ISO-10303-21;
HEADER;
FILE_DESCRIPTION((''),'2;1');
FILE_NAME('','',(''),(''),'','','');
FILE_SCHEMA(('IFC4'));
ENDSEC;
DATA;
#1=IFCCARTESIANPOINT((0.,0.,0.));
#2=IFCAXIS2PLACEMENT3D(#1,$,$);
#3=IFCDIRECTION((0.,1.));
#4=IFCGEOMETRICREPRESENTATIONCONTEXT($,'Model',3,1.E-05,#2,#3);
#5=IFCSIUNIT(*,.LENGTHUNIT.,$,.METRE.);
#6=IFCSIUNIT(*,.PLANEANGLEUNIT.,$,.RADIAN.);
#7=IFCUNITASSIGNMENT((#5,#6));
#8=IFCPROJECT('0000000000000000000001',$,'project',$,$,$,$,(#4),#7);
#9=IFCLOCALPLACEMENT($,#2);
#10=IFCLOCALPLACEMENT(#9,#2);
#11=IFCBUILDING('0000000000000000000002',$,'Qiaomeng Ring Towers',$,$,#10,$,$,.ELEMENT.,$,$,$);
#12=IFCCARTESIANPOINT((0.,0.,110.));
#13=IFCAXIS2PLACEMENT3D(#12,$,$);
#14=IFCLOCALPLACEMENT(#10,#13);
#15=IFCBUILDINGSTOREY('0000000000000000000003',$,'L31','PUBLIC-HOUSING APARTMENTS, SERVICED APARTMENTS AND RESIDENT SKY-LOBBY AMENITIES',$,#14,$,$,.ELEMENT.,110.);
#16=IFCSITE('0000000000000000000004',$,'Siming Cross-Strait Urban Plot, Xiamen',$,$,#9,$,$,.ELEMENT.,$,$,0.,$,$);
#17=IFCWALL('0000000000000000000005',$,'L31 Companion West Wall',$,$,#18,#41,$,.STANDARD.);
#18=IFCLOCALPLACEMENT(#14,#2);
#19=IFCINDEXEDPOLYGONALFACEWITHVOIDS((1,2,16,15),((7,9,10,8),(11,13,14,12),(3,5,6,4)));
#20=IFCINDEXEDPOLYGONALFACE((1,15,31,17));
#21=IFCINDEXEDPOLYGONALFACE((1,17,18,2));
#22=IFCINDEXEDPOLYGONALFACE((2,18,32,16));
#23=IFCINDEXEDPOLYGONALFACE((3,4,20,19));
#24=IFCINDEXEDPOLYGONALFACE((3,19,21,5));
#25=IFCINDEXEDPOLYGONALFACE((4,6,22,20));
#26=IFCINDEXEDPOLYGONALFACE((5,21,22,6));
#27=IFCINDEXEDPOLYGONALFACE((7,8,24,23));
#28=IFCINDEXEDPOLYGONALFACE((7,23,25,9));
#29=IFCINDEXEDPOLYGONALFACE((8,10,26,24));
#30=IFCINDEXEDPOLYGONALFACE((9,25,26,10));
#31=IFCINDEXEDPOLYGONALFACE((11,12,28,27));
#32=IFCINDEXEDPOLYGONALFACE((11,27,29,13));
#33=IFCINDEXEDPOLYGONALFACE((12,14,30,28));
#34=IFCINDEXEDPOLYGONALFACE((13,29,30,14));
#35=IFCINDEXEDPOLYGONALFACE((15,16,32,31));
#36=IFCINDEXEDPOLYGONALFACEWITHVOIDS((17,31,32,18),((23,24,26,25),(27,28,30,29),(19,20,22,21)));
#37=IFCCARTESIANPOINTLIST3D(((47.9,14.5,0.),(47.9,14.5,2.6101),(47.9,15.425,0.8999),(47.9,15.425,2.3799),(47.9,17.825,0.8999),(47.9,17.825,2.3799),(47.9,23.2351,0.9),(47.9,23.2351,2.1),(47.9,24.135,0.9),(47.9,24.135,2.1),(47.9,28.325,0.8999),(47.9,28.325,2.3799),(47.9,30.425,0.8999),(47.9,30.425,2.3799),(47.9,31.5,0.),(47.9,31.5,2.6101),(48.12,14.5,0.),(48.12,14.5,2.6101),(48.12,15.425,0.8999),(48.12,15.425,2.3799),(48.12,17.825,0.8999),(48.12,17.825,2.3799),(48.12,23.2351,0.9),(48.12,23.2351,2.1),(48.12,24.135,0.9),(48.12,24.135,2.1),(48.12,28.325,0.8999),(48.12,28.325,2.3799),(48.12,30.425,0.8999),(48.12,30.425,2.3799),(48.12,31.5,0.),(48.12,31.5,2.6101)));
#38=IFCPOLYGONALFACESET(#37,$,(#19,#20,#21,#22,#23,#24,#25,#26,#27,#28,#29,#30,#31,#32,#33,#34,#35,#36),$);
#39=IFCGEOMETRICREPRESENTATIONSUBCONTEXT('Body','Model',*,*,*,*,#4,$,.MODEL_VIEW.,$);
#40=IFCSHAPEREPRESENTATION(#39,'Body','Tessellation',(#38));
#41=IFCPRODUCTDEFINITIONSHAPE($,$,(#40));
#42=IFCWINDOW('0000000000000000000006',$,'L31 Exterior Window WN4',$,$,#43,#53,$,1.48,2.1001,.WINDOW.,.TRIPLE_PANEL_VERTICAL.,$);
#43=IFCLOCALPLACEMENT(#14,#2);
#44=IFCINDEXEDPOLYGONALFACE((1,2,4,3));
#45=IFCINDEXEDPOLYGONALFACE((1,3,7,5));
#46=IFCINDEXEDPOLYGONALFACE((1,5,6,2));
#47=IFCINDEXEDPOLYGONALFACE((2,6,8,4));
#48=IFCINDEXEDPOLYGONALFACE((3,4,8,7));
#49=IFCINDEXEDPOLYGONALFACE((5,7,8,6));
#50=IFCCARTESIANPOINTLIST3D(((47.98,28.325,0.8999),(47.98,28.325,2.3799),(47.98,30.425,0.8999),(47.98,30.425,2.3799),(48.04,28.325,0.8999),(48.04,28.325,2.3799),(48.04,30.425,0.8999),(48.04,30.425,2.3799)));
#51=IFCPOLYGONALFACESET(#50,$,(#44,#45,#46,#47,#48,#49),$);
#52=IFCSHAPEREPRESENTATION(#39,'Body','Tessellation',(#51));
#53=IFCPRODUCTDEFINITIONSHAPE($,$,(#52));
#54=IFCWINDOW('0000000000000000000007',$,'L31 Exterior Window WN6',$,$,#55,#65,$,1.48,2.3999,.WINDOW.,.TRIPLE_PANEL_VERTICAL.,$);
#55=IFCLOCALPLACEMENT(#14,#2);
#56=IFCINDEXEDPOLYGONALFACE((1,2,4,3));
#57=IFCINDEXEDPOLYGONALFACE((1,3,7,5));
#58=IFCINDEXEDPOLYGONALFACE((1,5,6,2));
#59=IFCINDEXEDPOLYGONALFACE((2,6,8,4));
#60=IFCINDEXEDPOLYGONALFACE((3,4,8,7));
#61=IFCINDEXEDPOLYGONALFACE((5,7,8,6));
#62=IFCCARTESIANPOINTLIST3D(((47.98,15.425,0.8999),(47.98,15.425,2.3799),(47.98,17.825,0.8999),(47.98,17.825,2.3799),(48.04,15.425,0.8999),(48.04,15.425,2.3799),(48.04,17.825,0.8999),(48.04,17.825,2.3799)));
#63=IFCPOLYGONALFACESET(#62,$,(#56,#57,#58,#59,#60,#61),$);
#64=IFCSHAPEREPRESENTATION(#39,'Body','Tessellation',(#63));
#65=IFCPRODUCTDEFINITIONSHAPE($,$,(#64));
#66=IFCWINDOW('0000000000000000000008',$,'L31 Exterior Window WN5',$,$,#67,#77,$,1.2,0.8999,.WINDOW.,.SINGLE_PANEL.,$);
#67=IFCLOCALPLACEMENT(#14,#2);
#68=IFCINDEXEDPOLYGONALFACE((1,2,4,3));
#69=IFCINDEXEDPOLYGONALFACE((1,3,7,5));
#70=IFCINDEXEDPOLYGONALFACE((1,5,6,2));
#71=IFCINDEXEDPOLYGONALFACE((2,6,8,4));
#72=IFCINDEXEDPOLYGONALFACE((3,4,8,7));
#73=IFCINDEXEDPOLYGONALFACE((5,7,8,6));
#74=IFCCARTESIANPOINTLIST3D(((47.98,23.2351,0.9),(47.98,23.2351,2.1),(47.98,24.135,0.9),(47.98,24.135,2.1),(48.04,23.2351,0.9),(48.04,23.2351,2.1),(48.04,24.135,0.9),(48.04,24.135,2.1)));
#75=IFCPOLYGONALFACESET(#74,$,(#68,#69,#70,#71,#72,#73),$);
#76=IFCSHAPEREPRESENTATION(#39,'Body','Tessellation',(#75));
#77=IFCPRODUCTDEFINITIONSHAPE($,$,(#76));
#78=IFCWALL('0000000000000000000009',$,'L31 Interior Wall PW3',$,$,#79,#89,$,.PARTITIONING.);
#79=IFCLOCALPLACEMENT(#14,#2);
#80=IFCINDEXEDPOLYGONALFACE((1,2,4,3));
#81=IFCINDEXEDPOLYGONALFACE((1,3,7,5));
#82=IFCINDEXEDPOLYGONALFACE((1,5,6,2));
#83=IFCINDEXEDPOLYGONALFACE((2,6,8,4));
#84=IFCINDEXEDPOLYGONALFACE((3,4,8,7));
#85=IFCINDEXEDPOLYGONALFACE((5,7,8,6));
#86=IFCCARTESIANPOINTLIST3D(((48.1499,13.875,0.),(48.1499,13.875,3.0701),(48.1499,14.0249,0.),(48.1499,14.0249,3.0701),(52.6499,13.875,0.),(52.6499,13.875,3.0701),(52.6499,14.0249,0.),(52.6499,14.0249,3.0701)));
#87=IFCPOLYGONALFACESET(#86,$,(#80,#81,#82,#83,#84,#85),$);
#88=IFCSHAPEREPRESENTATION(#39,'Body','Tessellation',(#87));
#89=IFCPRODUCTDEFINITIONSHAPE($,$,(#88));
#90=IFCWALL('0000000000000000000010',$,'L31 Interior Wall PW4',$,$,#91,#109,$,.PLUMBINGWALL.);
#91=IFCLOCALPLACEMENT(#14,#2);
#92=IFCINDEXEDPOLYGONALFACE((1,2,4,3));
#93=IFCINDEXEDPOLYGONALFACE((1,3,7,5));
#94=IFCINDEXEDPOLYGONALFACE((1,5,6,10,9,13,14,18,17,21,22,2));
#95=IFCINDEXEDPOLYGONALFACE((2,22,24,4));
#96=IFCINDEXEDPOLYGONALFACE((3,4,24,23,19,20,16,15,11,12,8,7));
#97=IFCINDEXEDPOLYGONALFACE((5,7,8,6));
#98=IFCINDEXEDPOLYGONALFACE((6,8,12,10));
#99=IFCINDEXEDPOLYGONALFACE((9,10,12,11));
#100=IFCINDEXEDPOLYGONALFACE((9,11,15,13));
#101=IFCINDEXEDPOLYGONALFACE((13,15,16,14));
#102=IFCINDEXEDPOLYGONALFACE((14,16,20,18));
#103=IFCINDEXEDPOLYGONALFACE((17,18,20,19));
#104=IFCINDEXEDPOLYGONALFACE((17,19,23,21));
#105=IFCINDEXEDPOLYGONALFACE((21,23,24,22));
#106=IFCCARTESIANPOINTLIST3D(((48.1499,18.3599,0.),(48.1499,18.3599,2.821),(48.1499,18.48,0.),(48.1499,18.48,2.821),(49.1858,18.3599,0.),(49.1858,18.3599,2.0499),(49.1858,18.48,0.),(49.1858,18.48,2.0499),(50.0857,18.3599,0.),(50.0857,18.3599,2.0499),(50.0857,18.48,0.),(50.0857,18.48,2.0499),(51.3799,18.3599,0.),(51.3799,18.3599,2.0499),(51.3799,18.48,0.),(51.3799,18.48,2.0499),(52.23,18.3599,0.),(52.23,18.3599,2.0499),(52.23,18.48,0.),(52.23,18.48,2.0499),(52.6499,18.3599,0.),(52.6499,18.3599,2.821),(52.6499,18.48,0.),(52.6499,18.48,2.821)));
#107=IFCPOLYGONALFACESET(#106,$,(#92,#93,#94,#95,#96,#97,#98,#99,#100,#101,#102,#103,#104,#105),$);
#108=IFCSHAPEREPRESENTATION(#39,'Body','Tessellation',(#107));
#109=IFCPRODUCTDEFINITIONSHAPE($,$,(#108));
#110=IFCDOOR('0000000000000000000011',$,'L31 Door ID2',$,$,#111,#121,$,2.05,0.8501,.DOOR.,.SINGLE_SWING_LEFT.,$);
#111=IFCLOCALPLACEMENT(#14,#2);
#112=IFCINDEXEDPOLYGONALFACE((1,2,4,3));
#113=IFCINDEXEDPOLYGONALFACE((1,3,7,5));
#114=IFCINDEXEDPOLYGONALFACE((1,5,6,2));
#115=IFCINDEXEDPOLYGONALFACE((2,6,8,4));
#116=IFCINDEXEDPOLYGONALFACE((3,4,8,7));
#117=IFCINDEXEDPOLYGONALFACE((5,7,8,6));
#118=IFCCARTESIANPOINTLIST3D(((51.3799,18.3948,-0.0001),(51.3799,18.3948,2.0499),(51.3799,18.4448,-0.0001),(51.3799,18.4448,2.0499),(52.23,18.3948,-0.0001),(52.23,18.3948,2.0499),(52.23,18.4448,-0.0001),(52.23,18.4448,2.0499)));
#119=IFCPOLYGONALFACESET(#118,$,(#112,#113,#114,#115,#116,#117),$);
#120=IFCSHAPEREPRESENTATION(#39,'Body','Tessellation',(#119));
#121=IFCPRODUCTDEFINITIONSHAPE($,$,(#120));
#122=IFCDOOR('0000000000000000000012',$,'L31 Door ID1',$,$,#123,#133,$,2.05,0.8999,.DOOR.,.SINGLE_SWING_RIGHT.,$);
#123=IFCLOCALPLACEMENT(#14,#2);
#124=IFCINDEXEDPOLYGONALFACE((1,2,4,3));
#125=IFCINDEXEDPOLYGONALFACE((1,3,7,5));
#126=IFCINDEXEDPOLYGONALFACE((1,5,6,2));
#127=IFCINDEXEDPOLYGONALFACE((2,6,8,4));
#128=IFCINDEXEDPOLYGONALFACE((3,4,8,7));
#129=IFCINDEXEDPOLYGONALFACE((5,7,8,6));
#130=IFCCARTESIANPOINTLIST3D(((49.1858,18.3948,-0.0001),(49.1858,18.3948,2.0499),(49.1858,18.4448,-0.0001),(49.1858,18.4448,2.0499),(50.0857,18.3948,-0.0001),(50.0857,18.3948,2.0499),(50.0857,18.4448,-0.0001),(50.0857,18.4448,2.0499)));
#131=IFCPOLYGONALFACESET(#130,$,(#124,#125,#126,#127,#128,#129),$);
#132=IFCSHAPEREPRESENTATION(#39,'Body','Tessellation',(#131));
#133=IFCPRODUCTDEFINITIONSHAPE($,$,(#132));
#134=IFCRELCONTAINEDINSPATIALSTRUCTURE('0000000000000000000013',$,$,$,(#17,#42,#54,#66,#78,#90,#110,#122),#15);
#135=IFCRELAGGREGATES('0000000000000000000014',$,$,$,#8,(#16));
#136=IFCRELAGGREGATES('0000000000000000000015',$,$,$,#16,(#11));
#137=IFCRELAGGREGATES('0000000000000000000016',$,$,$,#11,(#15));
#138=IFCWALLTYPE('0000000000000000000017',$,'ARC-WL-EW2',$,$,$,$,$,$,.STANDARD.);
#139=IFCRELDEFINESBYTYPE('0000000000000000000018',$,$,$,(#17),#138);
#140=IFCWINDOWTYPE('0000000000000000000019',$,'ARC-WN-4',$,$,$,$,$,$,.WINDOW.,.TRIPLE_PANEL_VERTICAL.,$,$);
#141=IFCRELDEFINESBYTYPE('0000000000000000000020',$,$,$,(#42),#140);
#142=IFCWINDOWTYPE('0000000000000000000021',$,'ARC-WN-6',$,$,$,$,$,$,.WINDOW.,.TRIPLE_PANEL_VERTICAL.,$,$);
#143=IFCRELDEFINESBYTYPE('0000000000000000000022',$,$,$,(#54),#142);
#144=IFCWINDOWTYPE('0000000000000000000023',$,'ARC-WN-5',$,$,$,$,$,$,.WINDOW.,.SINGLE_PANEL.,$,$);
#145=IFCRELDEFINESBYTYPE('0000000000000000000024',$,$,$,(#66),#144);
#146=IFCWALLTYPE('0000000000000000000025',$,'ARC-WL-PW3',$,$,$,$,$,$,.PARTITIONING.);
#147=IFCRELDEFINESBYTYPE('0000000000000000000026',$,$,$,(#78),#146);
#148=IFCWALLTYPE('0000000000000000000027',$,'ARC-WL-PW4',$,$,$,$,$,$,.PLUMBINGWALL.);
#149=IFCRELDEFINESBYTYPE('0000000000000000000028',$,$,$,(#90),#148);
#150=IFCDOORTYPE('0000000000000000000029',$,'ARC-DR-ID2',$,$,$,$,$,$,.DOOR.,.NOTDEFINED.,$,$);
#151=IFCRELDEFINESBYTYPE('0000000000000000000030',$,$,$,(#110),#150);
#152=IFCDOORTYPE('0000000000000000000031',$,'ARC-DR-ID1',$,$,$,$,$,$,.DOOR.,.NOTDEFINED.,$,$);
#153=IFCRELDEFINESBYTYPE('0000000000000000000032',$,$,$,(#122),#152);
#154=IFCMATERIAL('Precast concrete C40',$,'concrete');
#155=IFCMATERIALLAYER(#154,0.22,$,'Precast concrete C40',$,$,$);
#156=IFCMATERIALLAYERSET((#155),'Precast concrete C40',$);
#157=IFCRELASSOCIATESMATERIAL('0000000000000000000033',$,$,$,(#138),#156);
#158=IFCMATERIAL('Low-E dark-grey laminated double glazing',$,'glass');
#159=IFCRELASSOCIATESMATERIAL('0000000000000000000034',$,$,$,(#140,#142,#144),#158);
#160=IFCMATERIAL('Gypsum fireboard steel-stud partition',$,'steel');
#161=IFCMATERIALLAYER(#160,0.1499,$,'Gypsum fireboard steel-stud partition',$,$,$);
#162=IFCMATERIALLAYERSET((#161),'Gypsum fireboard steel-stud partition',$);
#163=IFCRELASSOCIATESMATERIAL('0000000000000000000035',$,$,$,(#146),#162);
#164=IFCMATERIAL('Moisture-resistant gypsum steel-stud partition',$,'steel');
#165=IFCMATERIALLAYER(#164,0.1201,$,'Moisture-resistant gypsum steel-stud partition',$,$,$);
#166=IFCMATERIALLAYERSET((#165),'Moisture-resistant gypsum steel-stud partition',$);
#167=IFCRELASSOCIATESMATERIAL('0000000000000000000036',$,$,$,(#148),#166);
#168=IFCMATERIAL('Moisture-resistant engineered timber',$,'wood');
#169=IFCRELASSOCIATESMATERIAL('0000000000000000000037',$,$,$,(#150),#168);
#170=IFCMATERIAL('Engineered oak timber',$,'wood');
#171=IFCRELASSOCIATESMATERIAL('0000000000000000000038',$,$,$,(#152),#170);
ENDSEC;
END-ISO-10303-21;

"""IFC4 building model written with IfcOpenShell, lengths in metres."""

from ifc_helpers import new_model, si_unit, direction, frame, frame_2d, origin, place, context, subcontext, project, spatial, rectangle, extrude, source, transform, mapped, material, layer, layer_set, type_object, element, fill, save


model = new_model("IFC4")

# Units and contexts
model_context = context("Model", 3, precision=1e-05, world=origin(), true_north=direction((0.0, 1.0)))
body_context = subcontext(model_context, "Body", "Model", "MODEL_VIEW")
ifc_project = project(units=[si_unit("LENGTHUNIT", "METRE"), si_unit("PLANEANGLEUNIT", "RADIAN")], contexts=[model_context])

# Site, building, storey
site_placement = place(None, origin())
site = spatial("IfcSite", under=ifc_project, at=site_placement, Name="Siming Cross-Strait Urban Plot, Xiamen", CompositionType="ELEMENT", RefElevation=0.0)
building_placement = place(site_placement, origin())
building = spatial("IfcBuilding", under=site, at=building_placement, Name="Qiaomeng Ring Towers", CompositionType="ELEMENT")
storey_placement = place(building_placement, frame((0.0, 0.0, 110.0)))
storey = spatial("IfcBuildingStorey", under=building, at=storey_placement, Name="L31", Description="PUBLIC-HOUSING APARTMENTS, SERVICED APARTMENTS AND RESIDENT SKY-LOBBY AMENITIES", CompositionType="ELEMENT", Elevation=110.0)

# Wall, openings, windows
ifc_material_1 = material(Name="Precast concrete C40", Category="concrete")
ifc_layer_1 = layer(ifc_material_1, 0.22, Name="Precast concrete C40")
ifc_layer_set_1 = layer_set([ifc_layer_1], Name="Precast concrete C40")
wall_type_1 = type_object("IfcWallType", Name="ARC-WL-EW2", PredefinedType="STANDARD", material=ifc_layer_set_1)
wall_1_placement = place(storey_placement, frame((48.01, 14.5, 0.0), z_axis=(0.0, 0.0, 1.0), x_axis=(0.0, 1.0, 0.0)))
wall_1 = element("IfcWall", 1, at=wall_1_placement, inside=storey, type_object=wall_type_1, Name="L31 Companion West Wall", PredefinedType="STANDARD", context=body_context, shape_type="SweptSolid", body=[
    extrude(rectangle(XDim=17.0, YDim=0.22, at=frame_2d((8.5, 0.0))), origin(), (0.0, 0.0, 1.0), 2.6101),
])
opening_1_placement = place(wall_1_placement, frame((0.925, 0.0, 0.8999)))
opening_1 = element("IfcOpeningElement", 2, at=opening_1_placement, cuts=wall_1, PredefinedType="OPENING", context=body_context, shape_type="SweptSolid", body=[
    extrude(rectangle(XDim=2.3999, YDim=1.48, at=frame_2d((1.2, 0.74))), frame((0.0, 0.1199, 0.0), z_axis=(0.0, -1.0, 0.0), x_axis=(1.0, 0.0, 0.0)), (0.0, 0.0, 1.0), 0.24),
])
opening_2_placement = place(wall_1_placement, frame((13.825, 0.0, 0.8999)))
opening_2 = element("IfcOpeningElement", 3, at=opening_2_placement, cuts=wall_1, PredefinedType="OPENING", context=body_context, shape_type="SweptSolid", body=[
    extrude(rectangle(XDim=2.1001, YDim=1.48, at=frame_2d((1.05, 0.74))), frame((0.0, 0.1199, 0.0), z_axis=(0.0, -1.0, 0.0), x_axis=(1.0, 0.0, 0.0)), (0.0, 0.0, 1.0), 0.24),
])
opening_3_placement = place(wall_1_placement, frame((8.7351, 0.0, 0.8999)))
opening_3 = element("IfcOpeningElement", 4, at=opening_3_placement, cuts=wall_1, PredefinedType="OPENING", context=body_context, shape_type="SweptSolid", body=[
    extrude(rectangle(XDim=0.8999, YDim=1.2, at=frame_2d((0.45, 0.6001))), frame((0.0, 0.1199, 0.0), z_axis=(0.0, -1.0, 0.0), x_axis=(1.0, 0.0, 0.0)), (0.0, 0.0, 1.0), 0.24),
])
ifc_material_2 = material(Name="Low-E dark-grey laminated double glazing", Category="glass")
window_type_1 = type_object("IfcWindowType", Name="ARC-WN-4", PartitioningType="TRIPLE_PANEL_VERTICAL", PredefinedType="WINDOW", material=ifc_material_2)
shared_shape_1 = source(origin(), body_context, "Body", "SweptSolid", [
    extrude(rectangle(XDim=2.1001, YDim=1.48, at=frame_2d((1.05, 0.74))), frame((0.0, 0.03, 0.0), z_axis=(0.0, -1.0, 0.0), x_axis=(1.0, 0.0, 0.0)), (0.0, 0.0, 1.0), 0.0601),
])
window_1_placement = place(opening_2_placement, origin())
window_1 = element("IfcWindow", 5, at=window_1_placement, inside=storey, type_object=window_type_1, Name="L31 Exterior Window WN4", OverallHeight=1.48, OverallWidth=2.1001, PartitioningType="TRIPLE_PANEL_VERTICAL", PredefinedType="WINDOW", context=body_context, shape_type="MappedRepresentation", body=[
    mapped(shared_shape_1, transform((0.0, 0.0, 0.0), x_axis=(1.0, 0.0, 0.0), y_axis=(0.0, 1.0, 0.0), z_axis=(0.0, 0.0, 1.0), scale=1.0)),
])
fill(opening_2, window_1)
window_type_2 = type_object("IfcWindowType", Name="ARC-WN-6", PartitioningType="TRIPLE_PANEL_VERTICAL", PredefinedType="WINDOW", material=ifc_material_2)
shared_shape_2 = source(origin(), body_context, "Body", "SweptSolid", [
    extrude(rectangle(XDim=2.3999, YDim=1.48, at=frame_2d((1.2, 0.74))), frame((0.0, 0.03, 0.0), z_axis=(0.0, -1.0, 0.0), x_axis=(1.0, 0.0, 0.0)), (0.0, 0.0, 1.0), 0.0601),
])
window_2_placement = place(opening_1_placement, origin())
window_2 = element("IfcWindow", 6, at=window_2_placement, inside=storey, type_object=window_type_2, Name="L31 Exterior Window WN6", OverallHeight=1.48, OverallWidth=2.3999, PartitioningType="TRIPLE_PANEL_VERTICAL", PredefinedType="WINDOW", context=body_context, shape_type="MappedRepresentation", body=[
    mapped(shared_shape_2, transform((0.0, 0.0, 0.0), x_axis=(1.0, 0.0, 0.0), y_axis=(0.0, 1.0, 0.0), z_axis=(0.0, 0.0, 1.0), scale=1.0)),
])
fill(opening_1, window_2)
window_type_3 = type_object("IfcWindowType", Name="ARC-WN-5", PartitioningType="SINGLE_PANEL", PredefinedType="WINDOW", material=ifc_material_2)
shared_shape_3 = source(origin(), body_context, "Body", "SweptSolid", [
    extrude(rectangle(XDim=0.8999, YDim=1.2, at=frame_2d((0.45, 0.6001))), frame((0.0, 0.03, 0.0), z_axis=(0.0, -1.0, 0.0), x_axis=(1.0, 0.0, 0.0)), (0.0, 0.0, 1.0), 0.0601),
])
window_3_placement = place(opening_3_placement, origin())
window_3 = element("IfcWindow", 7, at=window_3_placement, inside=storey, type_object=window_type_3, Name="L31 Exterior Window WN5", OverallHeight=1.2, OverallWidth=0.8999, PartitioningType="SINGLE_PANEL", PredefinedType="WINDOW", context=body_context, shape_type="MappedRepresentation", body=[
    mapped(shared_shape_3, transform((0.0, 0.0, 0.0), x_axis=(1.0, 0.0, 0.0), y_axis=(0.0, 1.0, 0.0), z_axis=(0.0, 0.0, 1.0), scale=1.0)),
])
fill(opening_3, window_3)

# Wall
ifc_material_3 = material(Name="Gypsum fireboard steel-stud partition", Category="steel")
ifc_layer_2 = layer(ifc_material_3, 0.1499, Name="Gypsum fireboard steel-stud partition")
ifc_layer_set_2 = layer_set([ifc_layer_2], Name="Gypsum fireboard steel-stud partition")
wall_type_2 = type_object("IfcWallType", Name="ARC-WL-PW3", PredefinedType="PARTITIONING", material=ifc_layer_set_2)
wall_2_placement = place(storey_placement, frame((48.1499, 13.95, 0.0), z_axis=(0.0, 0.0, 1.0), x_axis=(1.0, 0.0, 0.0)))
element("IfcWall", 8, at=wall_2_placement, inside=storey, type_object=wall_type_2, Name="L31 Interior Wall PW3", PredefinedType="PARTITIONING", context=body_context, shape_type="SweptSolid", body=[
    extrude(rectangle(XDim=4.5, YDim=0.1499, at=frame_2d((2.25, 0.0))), origin(), (0.0, 0.0, 1.0), 3.0701),
])

# Wall, openings, doors
ifc_material_4 = material(Name="Moisture-resistant gypsum steel-stud partition", Category="steel")
ifc_layer_3 = layer(ifc_material_4, 0.1201, Name="Moisture-resistant gypsum steel-stud partition")
ifc_layer_set_3 = layer_set([ifc_layer_3], Name="Moisture-resistant gypsum steel-stud partition")
wall_type_3 = type_object("IfcWallType", Name="ARC-WL-PW4", PredefinedType="PLUMBINGWALL", material=ifc_layer_set_3)
wall_3_placement = place(storey_placement, frame((48.1499, 18.4199, 0.0), z_axis=(0.0, 0.0, 1.0), x_axis=(1.0, 0.0, 0.0)))
wall_3 = element("IfcWall", 9, at=wall_3_placement, inside=storey, type_object=wall_type_3, Name="L31 Interior Wall PW4", PredefinedType="PLUMBINGWALL", context=body_context, shape_type="SweptSolid", body=[
    extrude(rectangle(XDim=4.5, YDim=0.1201, at=frame_2d((2.25, 0.0))), origin(), (0.0, 0.0, 1.0), 2.821),
])
opening_4_placement = place(wall_3_placement, frame((1.0359, 0.0, 0.0)))
opening_4 = element("IfcOpeningElement", 10, at=opening_4_placement, cuts=wall_3, PredefinedType="OPENING", context=body_context, shape_type="SweptSolid", body=[
    extrude(rectangle(XDim=0.8999, YDim=2.05, at=frame_2d((0.45, 1.0249))), frame((0.0, 0.0701, 0.0), z_axis=(0.0, -1.0, 0.0), x_axis=(1.0, 0.0, 0.0)), (0.0, 0.0, 1.0), 0.1401),
])
opening_5_placement = place(wall_3_placement, frame((3.23, 0.0, 0.0)))
opening_5 = element("IfcOpeningElement", 11, at=opening_5_placement, cuts=wall_3, PredefinedType="OPENING", context=body_context, shape_type="SweptSolid", body=[
    extrude(rectangle(XDim=0.8501, YDim=2.05, at=frame_2d((0.425, 1.0249))), frame((0.0, 0.0701, 0.0), z_axis=(0.0, -1.0, 0.0), x_axis=(1.0, 0.0, 0.0)), (0.0, 0.0, 1.0), 0.1401),
])
ifc_material_5 = material(Name="Moisture-resistant engineered timber", Category="wood")
door_type_1 = type_object("IfcDoorType", Name="ARC-DR-ID2", OperationType="NOTDEFINED", PredefinedType="DOOR", material=ifc_material_5)
shared_shape_4 = source(origin(), body_context, "Body", "SweptSolid", [
    extrude(rectangle(XDim=0.8501, YDim=2.05, at=frame_2d((0.425, 1.0249))), frame((0.0, 0.0249, 0.0), z_axis=(0.0, -1.0, 0.0), x_axis=(1.0, 0.0, 0.0)), (0.0, 0.0, 1.0), 0.05),
])
door_1_placement = place(opening_5_placement, origin())
door_1 = element("IfcDoor", 12, at=door_1_placement, inside=storey, type_object=door_type_1, Name="L31 Door ID2", OperationType="SINGLE_SWING_LEFT", OverallHeight=2.05, OverallWidth=0.8501, PredefinedType="DOOR", context=body_context, shape_type="MappedRepresentation", body=[
    mapped(shared_shape_4, transform((0.0, 0.0, 0.0), x_axis=(1.0, 0.0, 0.0), y_axis=(0.0, 1.0, 0.0), z_axis=(0.0, 0.0, 1.0), scale=1.0)),
])
fill(opening_5, door_1)
ifc_material_6 = material(Name="Engineered oak timber", Category="wood")
door_type_2 = type_object("IfcDoorType", Name="ARC-DR-ID1", OperationType="NOTDEFINED", PredefinedType="DOOR", material=ifc_material_6)
shared_shape_5 = source(origin(), body_context, "Body", "SweptSolid", [
    extrude(rectangle(XDim=0.8999, YDim=2.05, at=frame_2d((0.45, 1.0249))), frame((0.0, 0.0249, 0.0), z_axis=(0.0, -1.0, 0.0), x_axis=(1.0, 0.0, 0.0)), (0.0, 0.0, 1.0), 0.05),
])
door_2_placement = place(opening_4_placement, origin())
door_2 = element("IfcDoor", 13, at=door_2_placement, inside=storey, type_object=door_type_2, Name="L31 Door ID1", OperationType="SINGLE_SWING_RIGHT", OverallHeight=2.05, OverallWidth=0.8999, PredefinedType="DOOR", context=body_context, shape_type="MappedRepresentation", body=[
    mapped(shared_shape_5, transform((0.0, 0.0, 0.0), x_axis=(1.0, 0.0, 0.0), y_axis=(0.0, 1.0, 0.0), z_axis=(0.0, 0.0, 1.0), scale=1.0)),
])
fill(opening_4, door_2)

save(model, "model.ifc")
